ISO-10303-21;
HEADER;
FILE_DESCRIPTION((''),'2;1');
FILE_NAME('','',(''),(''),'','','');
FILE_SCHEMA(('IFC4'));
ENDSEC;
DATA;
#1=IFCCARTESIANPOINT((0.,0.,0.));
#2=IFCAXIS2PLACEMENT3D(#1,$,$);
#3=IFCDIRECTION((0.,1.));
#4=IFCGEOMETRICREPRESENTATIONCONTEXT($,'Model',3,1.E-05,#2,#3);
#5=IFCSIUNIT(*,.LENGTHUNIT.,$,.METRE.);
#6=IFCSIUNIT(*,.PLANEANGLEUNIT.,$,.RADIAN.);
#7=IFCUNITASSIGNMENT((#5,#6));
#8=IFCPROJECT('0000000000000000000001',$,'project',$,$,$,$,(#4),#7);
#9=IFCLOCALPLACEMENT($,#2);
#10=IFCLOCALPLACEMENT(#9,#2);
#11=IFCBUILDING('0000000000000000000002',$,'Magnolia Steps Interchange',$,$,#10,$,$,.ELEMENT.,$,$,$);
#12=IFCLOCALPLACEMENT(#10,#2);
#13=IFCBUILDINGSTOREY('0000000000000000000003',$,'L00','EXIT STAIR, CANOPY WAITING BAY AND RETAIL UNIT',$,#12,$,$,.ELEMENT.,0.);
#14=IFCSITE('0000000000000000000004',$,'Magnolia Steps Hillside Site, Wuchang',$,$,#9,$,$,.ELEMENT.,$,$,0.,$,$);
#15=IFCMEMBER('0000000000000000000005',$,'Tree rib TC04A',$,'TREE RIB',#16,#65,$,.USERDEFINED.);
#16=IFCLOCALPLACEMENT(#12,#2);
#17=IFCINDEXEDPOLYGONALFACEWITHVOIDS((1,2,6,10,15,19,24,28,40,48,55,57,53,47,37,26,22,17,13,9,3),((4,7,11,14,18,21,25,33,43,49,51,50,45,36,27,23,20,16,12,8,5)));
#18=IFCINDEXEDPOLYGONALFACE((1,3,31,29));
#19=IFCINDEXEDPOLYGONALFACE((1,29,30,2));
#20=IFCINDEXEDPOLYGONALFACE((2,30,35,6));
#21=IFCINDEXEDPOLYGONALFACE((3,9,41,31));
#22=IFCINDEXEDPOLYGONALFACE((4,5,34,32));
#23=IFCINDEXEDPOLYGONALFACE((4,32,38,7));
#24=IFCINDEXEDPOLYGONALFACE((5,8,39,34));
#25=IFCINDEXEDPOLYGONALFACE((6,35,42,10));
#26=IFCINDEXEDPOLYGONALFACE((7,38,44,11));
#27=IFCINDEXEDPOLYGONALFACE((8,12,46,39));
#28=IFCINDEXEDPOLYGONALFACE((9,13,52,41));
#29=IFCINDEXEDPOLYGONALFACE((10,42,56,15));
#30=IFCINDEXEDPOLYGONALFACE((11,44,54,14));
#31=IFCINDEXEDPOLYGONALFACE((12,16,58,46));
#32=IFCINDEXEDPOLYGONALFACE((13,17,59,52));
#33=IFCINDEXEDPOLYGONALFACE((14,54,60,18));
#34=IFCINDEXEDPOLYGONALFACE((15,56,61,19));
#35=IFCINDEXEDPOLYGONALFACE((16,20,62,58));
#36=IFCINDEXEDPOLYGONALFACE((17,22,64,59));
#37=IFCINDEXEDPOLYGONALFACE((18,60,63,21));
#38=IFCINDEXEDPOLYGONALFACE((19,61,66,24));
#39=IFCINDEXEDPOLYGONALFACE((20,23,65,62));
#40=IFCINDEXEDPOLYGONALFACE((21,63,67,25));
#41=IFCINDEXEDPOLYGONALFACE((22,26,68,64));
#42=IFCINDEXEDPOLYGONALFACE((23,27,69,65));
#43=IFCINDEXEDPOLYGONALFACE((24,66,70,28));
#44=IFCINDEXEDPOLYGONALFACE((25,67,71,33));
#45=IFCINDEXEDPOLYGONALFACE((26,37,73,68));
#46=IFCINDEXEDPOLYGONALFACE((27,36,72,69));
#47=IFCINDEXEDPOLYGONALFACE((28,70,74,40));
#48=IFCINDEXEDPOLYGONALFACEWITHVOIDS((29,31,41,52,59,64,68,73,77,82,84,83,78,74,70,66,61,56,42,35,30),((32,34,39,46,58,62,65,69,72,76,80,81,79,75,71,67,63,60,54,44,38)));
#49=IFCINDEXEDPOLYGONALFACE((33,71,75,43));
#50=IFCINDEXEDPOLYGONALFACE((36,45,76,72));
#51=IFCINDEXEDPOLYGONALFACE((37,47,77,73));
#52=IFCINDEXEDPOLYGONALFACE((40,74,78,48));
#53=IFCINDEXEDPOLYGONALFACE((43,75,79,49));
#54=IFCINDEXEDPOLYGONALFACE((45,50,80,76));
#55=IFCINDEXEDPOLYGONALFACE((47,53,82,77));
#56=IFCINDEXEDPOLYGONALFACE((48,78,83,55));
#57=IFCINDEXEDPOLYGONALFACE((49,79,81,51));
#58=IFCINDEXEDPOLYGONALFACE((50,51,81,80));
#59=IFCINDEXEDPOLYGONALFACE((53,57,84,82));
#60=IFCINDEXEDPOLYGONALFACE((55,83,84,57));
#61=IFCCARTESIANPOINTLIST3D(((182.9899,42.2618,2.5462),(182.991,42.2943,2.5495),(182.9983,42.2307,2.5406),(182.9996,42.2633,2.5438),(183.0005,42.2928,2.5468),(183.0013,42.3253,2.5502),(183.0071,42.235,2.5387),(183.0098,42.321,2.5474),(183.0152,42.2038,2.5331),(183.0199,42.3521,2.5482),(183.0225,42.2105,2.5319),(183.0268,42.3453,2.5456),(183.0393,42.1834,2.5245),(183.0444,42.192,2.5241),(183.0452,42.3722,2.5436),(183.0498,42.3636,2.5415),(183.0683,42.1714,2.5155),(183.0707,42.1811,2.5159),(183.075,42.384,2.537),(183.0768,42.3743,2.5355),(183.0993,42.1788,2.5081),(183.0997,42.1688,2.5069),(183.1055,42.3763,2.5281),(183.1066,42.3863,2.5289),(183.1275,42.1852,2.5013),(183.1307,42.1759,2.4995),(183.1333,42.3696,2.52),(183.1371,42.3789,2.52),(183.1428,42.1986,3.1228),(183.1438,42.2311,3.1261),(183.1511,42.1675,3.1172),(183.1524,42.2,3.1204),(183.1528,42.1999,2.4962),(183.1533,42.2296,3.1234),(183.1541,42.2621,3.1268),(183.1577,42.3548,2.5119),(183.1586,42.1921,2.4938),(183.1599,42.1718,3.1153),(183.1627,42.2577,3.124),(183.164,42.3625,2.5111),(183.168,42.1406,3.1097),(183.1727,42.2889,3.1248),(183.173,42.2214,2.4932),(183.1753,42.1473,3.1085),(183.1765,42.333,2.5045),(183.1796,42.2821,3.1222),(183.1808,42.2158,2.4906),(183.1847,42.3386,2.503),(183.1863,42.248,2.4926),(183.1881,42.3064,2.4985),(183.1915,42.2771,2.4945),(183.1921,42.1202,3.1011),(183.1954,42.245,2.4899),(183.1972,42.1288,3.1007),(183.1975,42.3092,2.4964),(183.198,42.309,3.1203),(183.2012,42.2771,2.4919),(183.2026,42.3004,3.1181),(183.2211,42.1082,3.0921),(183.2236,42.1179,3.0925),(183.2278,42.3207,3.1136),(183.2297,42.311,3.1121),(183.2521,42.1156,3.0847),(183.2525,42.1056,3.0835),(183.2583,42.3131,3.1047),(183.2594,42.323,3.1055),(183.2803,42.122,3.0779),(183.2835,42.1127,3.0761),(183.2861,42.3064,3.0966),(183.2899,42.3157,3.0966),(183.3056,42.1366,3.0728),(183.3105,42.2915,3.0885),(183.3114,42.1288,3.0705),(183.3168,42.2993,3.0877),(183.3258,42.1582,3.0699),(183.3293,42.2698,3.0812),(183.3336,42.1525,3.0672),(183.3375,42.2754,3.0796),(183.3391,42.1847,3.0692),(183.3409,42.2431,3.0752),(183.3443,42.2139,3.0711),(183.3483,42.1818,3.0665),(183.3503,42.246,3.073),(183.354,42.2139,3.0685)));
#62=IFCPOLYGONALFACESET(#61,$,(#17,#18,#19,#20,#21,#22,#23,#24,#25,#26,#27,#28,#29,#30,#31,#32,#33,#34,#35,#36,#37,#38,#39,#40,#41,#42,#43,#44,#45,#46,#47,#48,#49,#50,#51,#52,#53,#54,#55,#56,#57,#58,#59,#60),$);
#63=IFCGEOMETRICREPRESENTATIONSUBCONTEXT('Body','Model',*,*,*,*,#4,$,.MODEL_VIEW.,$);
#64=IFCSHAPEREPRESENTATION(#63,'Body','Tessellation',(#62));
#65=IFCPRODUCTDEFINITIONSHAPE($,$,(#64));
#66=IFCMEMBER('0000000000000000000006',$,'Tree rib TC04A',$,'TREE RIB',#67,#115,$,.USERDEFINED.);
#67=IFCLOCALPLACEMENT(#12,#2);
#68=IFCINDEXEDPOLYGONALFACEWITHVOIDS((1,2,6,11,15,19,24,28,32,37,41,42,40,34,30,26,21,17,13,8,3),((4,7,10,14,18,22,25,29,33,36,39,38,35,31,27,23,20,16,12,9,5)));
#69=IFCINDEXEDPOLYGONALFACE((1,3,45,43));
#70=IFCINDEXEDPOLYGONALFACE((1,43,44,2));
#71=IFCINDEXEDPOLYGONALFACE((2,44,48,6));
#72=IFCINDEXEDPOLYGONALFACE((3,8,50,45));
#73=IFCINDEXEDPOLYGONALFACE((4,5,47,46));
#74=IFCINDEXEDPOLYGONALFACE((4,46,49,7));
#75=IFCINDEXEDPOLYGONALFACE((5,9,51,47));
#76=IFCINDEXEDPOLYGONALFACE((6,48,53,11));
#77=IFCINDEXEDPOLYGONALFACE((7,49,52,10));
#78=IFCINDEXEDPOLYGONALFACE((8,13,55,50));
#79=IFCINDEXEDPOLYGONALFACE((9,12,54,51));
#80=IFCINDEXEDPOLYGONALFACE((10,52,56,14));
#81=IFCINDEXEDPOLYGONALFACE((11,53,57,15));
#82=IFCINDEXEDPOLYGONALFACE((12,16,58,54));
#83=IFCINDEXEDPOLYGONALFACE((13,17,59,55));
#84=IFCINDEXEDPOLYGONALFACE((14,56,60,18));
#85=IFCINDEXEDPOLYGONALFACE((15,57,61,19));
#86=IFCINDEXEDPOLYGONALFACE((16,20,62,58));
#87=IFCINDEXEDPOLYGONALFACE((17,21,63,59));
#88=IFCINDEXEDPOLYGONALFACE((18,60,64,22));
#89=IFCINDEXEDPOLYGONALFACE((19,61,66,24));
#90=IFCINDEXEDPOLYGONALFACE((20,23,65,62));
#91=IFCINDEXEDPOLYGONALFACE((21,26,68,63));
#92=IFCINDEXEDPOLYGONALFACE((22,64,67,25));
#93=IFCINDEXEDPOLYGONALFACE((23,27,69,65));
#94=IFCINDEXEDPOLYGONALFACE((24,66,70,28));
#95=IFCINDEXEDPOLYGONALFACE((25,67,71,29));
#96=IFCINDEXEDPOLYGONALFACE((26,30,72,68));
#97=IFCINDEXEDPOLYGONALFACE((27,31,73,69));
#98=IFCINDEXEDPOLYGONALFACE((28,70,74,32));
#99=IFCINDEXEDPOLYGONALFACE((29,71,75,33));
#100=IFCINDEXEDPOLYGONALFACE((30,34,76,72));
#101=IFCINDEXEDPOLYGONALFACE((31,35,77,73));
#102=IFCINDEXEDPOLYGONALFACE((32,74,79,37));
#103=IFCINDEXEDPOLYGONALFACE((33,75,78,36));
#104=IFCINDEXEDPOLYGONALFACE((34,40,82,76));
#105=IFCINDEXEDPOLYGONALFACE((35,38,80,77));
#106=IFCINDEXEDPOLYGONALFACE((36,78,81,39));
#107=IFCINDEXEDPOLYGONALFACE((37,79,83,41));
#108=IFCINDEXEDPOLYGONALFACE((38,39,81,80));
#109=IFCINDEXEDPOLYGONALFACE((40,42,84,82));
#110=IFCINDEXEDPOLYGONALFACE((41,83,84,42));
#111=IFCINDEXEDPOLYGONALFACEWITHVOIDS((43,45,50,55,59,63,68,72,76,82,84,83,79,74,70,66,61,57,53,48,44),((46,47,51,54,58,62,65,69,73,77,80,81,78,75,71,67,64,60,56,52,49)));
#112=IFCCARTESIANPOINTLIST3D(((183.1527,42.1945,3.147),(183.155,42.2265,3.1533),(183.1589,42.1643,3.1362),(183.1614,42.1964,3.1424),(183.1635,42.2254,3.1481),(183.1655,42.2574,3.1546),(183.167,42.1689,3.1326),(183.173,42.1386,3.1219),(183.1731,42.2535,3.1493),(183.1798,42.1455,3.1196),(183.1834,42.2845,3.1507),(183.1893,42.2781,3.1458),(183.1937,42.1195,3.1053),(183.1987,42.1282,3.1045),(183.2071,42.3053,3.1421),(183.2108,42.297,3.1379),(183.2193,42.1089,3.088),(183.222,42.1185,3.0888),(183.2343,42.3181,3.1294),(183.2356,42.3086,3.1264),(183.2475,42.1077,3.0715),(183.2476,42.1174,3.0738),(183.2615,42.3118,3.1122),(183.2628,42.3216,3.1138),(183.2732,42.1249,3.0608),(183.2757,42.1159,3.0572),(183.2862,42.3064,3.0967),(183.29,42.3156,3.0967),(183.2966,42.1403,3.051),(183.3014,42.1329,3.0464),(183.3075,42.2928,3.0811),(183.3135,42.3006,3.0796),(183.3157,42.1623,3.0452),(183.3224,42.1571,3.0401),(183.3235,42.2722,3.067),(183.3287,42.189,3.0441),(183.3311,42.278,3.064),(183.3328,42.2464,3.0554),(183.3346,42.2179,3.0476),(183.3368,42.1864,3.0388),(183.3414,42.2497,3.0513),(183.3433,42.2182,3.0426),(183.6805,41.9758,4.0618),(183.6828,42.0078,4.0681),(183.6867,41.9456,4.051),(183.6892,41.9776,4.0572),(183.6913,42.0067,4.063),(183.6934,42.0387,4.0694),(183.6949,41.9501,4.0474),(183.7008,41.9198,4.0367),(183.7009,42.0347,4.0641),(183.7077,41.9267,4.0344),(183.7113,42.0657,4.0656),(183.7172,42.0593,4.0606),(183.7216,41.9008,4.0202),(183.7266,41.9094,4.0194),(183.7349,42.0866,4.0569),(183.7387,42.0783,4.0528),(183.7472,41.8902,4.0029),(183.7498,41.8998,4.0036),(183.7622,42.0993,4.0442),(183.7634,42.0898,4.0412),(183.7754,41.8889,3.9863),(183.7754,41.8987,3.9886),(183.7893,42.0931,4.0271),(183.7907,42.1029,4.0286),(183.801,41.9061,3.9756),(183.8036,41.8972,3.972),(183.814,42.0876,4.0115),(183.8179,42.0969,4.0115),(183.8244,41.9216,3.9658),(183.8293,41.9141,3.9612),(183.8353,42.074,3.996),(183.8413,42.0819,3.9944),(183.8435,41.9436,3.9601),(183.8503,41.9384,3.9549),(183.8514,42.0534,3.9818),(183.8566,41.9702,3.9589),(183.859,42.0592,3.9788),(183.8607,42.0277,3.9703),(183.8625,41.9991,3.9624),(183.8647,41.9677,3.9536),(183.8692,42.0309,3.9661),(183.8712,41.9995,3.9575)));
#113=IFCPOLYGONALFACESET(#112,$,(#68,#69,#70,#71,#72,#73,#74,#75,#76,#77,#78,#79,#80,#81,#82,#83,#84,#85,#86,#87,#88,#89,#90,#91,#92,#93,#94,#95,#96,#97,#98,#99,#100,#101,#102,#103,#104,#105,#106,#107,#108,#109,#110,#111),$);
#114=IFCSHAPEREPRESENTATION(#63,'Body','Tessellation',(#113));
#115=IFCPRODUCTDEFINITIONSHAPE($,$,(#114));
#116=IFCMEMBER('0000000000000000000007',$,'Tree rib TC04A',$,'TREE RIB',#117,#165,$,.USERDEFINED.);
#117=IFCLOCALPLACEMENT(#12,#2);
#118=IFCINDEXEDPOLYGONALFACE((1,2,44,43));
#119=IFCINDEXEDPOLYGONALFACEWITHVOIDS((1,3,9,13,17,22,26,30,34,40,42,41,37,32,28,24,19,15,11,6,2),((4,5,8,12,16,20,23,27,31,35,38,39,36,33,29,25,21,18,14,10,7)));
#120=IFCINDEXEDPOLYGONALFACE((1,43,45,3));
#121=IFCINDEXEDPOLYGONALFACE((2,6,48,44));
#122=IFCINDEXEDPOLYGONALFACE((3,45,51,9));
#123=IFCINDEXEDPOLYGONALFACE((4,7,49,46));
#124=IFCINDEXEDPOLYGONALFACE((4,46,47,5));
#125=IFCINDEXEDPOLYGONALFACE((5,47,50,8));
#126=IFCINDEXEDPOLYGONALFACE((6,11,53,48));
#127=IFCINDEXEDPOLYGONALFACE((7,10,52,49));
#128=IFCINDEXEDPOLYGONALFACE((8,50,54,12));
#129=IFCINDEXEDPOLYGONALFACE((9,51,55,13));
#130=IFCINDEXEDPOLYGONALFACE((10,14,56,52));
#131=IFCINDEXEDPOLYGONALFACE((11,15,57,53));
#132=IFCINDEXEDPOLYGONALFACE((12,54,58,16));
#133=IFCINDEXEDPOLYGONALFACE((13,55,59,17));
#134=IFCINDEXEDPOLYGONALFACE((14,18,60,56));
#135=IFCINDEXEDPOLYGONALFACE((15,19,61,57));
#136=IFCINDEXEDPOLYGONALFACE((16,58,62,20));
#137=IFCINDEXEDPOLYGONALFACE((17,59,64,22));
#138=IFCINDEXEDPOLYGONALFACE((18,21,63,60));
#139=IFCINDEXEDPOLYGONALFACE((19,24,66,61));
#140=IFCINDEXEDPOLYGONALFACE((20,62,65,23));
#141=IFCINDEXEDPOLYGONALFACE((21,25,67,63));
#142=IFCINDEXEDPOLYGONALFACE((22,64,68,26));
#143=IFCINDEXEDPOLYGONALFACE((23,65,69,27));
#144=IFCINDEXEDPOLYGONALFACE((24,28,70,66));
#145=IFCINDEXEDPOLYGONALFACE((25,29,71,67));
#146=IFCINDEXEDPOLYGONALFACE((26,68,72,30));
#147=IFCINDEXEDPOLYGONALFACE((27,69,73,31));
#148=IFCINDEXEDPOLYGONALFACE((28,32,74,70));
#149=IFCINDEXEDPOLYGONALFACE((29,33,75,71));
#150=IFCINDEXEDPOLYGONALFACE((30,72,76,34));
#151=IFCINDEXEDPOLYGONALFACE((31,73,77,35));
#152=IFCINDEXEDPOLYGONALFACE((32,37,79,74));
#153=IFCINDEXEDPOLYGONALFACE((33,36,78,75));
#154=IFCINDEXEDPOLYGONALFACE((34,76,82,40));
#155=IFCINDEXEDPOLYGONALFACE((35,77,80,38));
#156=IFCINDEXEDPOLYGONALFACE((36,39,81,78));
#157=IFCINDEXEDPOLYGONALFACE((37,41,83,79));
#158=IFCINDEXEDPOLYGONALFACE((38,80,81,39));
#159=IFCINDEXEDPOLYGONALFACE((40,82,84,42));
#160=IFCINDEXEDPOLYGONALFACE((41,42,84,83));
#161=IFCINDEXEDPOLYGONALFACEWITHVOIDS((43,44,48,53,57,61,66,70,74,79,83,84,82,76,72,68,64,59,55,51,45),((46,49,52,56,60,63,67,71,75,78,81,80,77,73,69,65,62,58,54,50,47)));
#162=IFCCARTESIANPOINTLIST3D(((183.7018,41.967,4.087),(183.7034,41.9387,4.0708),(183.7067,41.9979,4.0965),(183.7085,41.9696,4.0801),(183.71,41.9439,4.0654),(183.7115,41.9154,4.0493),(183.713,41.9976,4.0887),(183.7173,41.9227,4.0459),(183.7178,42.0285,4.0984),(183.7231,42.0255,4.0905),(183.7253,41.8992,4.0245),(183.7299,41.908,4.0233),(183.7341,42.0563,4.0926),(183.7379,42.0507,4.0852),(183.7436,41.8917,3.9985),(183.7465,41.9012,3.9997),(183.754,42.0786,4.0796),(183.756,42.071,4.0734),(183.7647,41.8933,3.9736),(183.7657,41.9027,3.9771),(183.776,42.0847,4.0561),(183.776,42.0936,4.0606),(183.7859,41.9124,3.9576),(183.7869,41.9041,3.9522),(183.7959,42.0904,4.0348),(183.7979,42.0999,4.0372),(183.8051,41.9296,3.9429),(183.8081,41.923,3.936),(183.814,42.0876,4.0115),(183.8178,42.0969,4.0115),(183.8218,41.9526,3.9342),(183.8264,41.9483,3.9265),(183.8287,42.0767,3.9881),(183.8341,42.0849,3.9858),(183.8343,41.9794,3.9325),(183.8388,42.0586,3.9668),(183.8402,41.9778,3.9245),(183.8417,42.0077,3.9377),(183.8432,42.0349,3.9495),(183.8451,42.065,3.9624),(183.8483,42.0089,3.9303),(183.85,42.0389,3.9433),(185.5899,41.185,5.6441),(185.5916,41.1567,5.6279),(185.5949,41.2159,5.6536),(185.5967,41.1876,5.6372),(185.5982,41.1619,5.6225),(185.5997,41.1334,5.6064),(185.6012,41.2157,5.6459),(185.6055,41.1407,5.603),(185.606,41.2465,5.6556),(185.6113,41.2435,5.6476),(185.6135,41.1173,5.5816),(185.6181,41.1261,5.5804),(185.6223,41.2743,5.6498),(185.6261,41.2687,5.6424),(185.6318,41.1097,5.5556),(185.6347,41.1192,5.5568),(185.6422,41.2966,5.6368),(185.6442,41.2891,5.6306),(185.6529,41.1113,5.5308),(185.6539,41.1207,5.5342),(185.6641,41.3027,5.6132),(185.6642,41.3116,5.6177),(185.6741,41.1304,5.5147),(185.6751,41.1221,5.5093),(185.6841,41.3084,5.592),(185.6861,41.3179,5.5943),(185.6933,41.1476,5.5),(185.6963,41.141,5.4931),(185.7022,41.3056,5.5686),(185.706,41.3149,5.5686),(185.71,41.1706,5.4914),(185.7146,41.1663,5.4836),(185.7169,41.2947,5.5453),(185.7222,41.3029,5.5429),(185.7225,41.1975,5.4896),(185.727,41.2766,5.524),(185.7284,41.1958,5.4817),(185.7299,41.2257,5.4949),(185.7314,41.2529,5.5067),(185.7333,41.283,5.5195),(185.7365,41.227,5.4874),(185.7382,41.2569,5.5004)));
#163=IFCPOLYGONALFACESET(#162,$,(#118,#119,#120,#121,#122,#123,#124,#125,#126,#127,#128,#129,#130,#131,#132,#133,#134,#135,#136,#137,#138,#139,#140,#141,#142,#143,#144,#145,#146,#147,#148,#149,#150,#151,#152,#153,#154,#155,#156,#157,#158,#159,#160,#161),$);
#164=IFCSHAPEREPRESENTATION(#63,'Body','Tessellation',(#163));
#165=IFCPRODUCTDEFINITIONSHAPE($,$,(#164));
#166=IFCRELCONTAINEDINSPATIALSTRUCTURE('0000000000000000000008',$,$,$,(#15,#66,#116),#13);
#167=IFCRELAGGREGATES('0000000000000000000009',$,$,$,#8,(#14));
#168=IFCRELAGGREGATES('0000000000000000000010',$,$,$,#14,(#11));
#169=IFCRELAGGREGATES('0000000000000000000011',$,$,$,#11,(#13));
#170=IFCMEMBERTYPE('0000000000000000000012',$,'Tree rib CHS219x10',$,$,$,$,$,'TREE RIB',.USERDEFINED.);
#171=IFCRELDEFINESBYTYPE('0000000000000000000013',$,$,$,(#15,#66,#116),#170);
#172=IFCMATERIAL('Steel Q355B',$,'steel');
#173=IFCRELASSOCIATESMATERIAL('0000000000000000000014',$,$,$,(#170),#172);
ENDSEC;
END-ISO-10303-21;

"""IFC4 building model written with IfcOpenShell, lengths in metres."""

from ifc_helpers import new_model, si_unit, direction, frame, origin, origin_2d, place, context, subcontext, project, spatial, hollow_circle, extrude, material, material_profile, profile_set, type_object, element, save


model = new_model("IFC4")

# Units and contexts
model_context = context("Model", 3, precision=1e-05, world=origin(), true_north=direction((0.0, 1.0)))
body_context = subcontext(model_context, "Body", "Model", "MODEL_VIEW")
ifc_project = project(units=[si_unit("LENGTHUNIT", "METRE"), si_unit("PLANEANGLEUNIT", "RADIAN")], contexts=[model_context])

# Site, building, storey
site_placement = place(None, origin())
site = spatial("IfcSite", under=ifc_project, at=site_placement, Name="Magnolia Steps Hillside Site, Wuchang", CompositionType="ELEMENT", RefElevation=0.0)
building_placement = place(site_placement, origin())
building = spatial("IfcBuilding", under=site, at=building_placement, Name="Magnolia Steps Interchange", CompositionType="ELEMENT")
storey_placement = place(building_placement, origin())
storey = spatial("IfcBuildingStorey", under=building, at=storey_placement, Name="L00", Description="EXIT STAIR, CANOPY WAITING BAY AND RETAIL UNIT", CompositionType="ELEMENT", Elevation=0.0)

# Members
ifc_material_1 = material(Name="Steel Q355B", Category="steel")
ifc_material_profile_1 = material_profile(ifc_material_1, hollow_circle(Radius=0.1096, WallThickness=0.01, at=origin_2d()), Name="CHS219x10")
ifc_profile_set_1 = profile_set([ifc_material_profile_1], Name="Steel Q355B")
member_type_1 = type_object("IfcMemberType", Name="Tree rib CHS219x10", ElementType="TREE RIB", PredefinedType="USERDEFINED", material=ifc_profile_set_1)
member_1_placement = place(storey_placement, frame((183.0952, 42.2776, 2.52), z_axis=(0.254758, -0.105403, 0.961243), x_axis=(0.382308, 0.924035, 0.0)))
element("IfcMember", 1, at=member_1_placement, inside=storey, type_object=member_type_1, Name="Tree rib TC04A", ObjectType="TREE RIB", PredefinedType="USERDEFINED", context=body_context, shape_type="SweptSolid", body=[
    extrude(hollow_circle(Radius=0.1096, WallThickness=0.01, at=origin_2d()), origin(), (0.0, 0.0, 1.0), 0.5999),
])
member_2_placement = place(storey_placement, frame((183.248, 42.2144, 3.0967), z_axis=(0.489382, -0.202815, 0.848157), x_axis=(0.382855, 0.923808, 0.0)))
element("IfcMember", 2, at=member_2_placement, inside=storey, type_object=member_type_1, Name="Tree rib TC04A", ObjectType="TREE RIB", PredefinedType="USERDEFINED", context=body_context, shape_type="SweptSolid", body=[
    extrude(hollow_circle(Radius=0.1096, WallThickness=0.01, at=origin_2d()), origin(), (0.0, 0.0, 1.0), 1.0786),
])
member_3_placement = place(storey_placement, frame((183.7759, 41.9956, 4.0115), z_axis=(0.734897, -0.304354, 0.606048), x_axis=(0.38263, 0.923902, 0.0)))
element("IfcMember", 3, at=member_3_placement, inside=storey, type_object=member_type_1, Name="Tree rib TC04A", ObjectType="TREE RIB", PredefinedType="USERDEFINED", context=body_context, shape_type="SweptSolid", body=[
    extrude(hollow_circle(Radius=0.1096, WallThickness=0.01, at=origin_2d()), origin(), (0.0, 0.0, 1.0), 2.5693),
])

save(model, "model.ifc")
